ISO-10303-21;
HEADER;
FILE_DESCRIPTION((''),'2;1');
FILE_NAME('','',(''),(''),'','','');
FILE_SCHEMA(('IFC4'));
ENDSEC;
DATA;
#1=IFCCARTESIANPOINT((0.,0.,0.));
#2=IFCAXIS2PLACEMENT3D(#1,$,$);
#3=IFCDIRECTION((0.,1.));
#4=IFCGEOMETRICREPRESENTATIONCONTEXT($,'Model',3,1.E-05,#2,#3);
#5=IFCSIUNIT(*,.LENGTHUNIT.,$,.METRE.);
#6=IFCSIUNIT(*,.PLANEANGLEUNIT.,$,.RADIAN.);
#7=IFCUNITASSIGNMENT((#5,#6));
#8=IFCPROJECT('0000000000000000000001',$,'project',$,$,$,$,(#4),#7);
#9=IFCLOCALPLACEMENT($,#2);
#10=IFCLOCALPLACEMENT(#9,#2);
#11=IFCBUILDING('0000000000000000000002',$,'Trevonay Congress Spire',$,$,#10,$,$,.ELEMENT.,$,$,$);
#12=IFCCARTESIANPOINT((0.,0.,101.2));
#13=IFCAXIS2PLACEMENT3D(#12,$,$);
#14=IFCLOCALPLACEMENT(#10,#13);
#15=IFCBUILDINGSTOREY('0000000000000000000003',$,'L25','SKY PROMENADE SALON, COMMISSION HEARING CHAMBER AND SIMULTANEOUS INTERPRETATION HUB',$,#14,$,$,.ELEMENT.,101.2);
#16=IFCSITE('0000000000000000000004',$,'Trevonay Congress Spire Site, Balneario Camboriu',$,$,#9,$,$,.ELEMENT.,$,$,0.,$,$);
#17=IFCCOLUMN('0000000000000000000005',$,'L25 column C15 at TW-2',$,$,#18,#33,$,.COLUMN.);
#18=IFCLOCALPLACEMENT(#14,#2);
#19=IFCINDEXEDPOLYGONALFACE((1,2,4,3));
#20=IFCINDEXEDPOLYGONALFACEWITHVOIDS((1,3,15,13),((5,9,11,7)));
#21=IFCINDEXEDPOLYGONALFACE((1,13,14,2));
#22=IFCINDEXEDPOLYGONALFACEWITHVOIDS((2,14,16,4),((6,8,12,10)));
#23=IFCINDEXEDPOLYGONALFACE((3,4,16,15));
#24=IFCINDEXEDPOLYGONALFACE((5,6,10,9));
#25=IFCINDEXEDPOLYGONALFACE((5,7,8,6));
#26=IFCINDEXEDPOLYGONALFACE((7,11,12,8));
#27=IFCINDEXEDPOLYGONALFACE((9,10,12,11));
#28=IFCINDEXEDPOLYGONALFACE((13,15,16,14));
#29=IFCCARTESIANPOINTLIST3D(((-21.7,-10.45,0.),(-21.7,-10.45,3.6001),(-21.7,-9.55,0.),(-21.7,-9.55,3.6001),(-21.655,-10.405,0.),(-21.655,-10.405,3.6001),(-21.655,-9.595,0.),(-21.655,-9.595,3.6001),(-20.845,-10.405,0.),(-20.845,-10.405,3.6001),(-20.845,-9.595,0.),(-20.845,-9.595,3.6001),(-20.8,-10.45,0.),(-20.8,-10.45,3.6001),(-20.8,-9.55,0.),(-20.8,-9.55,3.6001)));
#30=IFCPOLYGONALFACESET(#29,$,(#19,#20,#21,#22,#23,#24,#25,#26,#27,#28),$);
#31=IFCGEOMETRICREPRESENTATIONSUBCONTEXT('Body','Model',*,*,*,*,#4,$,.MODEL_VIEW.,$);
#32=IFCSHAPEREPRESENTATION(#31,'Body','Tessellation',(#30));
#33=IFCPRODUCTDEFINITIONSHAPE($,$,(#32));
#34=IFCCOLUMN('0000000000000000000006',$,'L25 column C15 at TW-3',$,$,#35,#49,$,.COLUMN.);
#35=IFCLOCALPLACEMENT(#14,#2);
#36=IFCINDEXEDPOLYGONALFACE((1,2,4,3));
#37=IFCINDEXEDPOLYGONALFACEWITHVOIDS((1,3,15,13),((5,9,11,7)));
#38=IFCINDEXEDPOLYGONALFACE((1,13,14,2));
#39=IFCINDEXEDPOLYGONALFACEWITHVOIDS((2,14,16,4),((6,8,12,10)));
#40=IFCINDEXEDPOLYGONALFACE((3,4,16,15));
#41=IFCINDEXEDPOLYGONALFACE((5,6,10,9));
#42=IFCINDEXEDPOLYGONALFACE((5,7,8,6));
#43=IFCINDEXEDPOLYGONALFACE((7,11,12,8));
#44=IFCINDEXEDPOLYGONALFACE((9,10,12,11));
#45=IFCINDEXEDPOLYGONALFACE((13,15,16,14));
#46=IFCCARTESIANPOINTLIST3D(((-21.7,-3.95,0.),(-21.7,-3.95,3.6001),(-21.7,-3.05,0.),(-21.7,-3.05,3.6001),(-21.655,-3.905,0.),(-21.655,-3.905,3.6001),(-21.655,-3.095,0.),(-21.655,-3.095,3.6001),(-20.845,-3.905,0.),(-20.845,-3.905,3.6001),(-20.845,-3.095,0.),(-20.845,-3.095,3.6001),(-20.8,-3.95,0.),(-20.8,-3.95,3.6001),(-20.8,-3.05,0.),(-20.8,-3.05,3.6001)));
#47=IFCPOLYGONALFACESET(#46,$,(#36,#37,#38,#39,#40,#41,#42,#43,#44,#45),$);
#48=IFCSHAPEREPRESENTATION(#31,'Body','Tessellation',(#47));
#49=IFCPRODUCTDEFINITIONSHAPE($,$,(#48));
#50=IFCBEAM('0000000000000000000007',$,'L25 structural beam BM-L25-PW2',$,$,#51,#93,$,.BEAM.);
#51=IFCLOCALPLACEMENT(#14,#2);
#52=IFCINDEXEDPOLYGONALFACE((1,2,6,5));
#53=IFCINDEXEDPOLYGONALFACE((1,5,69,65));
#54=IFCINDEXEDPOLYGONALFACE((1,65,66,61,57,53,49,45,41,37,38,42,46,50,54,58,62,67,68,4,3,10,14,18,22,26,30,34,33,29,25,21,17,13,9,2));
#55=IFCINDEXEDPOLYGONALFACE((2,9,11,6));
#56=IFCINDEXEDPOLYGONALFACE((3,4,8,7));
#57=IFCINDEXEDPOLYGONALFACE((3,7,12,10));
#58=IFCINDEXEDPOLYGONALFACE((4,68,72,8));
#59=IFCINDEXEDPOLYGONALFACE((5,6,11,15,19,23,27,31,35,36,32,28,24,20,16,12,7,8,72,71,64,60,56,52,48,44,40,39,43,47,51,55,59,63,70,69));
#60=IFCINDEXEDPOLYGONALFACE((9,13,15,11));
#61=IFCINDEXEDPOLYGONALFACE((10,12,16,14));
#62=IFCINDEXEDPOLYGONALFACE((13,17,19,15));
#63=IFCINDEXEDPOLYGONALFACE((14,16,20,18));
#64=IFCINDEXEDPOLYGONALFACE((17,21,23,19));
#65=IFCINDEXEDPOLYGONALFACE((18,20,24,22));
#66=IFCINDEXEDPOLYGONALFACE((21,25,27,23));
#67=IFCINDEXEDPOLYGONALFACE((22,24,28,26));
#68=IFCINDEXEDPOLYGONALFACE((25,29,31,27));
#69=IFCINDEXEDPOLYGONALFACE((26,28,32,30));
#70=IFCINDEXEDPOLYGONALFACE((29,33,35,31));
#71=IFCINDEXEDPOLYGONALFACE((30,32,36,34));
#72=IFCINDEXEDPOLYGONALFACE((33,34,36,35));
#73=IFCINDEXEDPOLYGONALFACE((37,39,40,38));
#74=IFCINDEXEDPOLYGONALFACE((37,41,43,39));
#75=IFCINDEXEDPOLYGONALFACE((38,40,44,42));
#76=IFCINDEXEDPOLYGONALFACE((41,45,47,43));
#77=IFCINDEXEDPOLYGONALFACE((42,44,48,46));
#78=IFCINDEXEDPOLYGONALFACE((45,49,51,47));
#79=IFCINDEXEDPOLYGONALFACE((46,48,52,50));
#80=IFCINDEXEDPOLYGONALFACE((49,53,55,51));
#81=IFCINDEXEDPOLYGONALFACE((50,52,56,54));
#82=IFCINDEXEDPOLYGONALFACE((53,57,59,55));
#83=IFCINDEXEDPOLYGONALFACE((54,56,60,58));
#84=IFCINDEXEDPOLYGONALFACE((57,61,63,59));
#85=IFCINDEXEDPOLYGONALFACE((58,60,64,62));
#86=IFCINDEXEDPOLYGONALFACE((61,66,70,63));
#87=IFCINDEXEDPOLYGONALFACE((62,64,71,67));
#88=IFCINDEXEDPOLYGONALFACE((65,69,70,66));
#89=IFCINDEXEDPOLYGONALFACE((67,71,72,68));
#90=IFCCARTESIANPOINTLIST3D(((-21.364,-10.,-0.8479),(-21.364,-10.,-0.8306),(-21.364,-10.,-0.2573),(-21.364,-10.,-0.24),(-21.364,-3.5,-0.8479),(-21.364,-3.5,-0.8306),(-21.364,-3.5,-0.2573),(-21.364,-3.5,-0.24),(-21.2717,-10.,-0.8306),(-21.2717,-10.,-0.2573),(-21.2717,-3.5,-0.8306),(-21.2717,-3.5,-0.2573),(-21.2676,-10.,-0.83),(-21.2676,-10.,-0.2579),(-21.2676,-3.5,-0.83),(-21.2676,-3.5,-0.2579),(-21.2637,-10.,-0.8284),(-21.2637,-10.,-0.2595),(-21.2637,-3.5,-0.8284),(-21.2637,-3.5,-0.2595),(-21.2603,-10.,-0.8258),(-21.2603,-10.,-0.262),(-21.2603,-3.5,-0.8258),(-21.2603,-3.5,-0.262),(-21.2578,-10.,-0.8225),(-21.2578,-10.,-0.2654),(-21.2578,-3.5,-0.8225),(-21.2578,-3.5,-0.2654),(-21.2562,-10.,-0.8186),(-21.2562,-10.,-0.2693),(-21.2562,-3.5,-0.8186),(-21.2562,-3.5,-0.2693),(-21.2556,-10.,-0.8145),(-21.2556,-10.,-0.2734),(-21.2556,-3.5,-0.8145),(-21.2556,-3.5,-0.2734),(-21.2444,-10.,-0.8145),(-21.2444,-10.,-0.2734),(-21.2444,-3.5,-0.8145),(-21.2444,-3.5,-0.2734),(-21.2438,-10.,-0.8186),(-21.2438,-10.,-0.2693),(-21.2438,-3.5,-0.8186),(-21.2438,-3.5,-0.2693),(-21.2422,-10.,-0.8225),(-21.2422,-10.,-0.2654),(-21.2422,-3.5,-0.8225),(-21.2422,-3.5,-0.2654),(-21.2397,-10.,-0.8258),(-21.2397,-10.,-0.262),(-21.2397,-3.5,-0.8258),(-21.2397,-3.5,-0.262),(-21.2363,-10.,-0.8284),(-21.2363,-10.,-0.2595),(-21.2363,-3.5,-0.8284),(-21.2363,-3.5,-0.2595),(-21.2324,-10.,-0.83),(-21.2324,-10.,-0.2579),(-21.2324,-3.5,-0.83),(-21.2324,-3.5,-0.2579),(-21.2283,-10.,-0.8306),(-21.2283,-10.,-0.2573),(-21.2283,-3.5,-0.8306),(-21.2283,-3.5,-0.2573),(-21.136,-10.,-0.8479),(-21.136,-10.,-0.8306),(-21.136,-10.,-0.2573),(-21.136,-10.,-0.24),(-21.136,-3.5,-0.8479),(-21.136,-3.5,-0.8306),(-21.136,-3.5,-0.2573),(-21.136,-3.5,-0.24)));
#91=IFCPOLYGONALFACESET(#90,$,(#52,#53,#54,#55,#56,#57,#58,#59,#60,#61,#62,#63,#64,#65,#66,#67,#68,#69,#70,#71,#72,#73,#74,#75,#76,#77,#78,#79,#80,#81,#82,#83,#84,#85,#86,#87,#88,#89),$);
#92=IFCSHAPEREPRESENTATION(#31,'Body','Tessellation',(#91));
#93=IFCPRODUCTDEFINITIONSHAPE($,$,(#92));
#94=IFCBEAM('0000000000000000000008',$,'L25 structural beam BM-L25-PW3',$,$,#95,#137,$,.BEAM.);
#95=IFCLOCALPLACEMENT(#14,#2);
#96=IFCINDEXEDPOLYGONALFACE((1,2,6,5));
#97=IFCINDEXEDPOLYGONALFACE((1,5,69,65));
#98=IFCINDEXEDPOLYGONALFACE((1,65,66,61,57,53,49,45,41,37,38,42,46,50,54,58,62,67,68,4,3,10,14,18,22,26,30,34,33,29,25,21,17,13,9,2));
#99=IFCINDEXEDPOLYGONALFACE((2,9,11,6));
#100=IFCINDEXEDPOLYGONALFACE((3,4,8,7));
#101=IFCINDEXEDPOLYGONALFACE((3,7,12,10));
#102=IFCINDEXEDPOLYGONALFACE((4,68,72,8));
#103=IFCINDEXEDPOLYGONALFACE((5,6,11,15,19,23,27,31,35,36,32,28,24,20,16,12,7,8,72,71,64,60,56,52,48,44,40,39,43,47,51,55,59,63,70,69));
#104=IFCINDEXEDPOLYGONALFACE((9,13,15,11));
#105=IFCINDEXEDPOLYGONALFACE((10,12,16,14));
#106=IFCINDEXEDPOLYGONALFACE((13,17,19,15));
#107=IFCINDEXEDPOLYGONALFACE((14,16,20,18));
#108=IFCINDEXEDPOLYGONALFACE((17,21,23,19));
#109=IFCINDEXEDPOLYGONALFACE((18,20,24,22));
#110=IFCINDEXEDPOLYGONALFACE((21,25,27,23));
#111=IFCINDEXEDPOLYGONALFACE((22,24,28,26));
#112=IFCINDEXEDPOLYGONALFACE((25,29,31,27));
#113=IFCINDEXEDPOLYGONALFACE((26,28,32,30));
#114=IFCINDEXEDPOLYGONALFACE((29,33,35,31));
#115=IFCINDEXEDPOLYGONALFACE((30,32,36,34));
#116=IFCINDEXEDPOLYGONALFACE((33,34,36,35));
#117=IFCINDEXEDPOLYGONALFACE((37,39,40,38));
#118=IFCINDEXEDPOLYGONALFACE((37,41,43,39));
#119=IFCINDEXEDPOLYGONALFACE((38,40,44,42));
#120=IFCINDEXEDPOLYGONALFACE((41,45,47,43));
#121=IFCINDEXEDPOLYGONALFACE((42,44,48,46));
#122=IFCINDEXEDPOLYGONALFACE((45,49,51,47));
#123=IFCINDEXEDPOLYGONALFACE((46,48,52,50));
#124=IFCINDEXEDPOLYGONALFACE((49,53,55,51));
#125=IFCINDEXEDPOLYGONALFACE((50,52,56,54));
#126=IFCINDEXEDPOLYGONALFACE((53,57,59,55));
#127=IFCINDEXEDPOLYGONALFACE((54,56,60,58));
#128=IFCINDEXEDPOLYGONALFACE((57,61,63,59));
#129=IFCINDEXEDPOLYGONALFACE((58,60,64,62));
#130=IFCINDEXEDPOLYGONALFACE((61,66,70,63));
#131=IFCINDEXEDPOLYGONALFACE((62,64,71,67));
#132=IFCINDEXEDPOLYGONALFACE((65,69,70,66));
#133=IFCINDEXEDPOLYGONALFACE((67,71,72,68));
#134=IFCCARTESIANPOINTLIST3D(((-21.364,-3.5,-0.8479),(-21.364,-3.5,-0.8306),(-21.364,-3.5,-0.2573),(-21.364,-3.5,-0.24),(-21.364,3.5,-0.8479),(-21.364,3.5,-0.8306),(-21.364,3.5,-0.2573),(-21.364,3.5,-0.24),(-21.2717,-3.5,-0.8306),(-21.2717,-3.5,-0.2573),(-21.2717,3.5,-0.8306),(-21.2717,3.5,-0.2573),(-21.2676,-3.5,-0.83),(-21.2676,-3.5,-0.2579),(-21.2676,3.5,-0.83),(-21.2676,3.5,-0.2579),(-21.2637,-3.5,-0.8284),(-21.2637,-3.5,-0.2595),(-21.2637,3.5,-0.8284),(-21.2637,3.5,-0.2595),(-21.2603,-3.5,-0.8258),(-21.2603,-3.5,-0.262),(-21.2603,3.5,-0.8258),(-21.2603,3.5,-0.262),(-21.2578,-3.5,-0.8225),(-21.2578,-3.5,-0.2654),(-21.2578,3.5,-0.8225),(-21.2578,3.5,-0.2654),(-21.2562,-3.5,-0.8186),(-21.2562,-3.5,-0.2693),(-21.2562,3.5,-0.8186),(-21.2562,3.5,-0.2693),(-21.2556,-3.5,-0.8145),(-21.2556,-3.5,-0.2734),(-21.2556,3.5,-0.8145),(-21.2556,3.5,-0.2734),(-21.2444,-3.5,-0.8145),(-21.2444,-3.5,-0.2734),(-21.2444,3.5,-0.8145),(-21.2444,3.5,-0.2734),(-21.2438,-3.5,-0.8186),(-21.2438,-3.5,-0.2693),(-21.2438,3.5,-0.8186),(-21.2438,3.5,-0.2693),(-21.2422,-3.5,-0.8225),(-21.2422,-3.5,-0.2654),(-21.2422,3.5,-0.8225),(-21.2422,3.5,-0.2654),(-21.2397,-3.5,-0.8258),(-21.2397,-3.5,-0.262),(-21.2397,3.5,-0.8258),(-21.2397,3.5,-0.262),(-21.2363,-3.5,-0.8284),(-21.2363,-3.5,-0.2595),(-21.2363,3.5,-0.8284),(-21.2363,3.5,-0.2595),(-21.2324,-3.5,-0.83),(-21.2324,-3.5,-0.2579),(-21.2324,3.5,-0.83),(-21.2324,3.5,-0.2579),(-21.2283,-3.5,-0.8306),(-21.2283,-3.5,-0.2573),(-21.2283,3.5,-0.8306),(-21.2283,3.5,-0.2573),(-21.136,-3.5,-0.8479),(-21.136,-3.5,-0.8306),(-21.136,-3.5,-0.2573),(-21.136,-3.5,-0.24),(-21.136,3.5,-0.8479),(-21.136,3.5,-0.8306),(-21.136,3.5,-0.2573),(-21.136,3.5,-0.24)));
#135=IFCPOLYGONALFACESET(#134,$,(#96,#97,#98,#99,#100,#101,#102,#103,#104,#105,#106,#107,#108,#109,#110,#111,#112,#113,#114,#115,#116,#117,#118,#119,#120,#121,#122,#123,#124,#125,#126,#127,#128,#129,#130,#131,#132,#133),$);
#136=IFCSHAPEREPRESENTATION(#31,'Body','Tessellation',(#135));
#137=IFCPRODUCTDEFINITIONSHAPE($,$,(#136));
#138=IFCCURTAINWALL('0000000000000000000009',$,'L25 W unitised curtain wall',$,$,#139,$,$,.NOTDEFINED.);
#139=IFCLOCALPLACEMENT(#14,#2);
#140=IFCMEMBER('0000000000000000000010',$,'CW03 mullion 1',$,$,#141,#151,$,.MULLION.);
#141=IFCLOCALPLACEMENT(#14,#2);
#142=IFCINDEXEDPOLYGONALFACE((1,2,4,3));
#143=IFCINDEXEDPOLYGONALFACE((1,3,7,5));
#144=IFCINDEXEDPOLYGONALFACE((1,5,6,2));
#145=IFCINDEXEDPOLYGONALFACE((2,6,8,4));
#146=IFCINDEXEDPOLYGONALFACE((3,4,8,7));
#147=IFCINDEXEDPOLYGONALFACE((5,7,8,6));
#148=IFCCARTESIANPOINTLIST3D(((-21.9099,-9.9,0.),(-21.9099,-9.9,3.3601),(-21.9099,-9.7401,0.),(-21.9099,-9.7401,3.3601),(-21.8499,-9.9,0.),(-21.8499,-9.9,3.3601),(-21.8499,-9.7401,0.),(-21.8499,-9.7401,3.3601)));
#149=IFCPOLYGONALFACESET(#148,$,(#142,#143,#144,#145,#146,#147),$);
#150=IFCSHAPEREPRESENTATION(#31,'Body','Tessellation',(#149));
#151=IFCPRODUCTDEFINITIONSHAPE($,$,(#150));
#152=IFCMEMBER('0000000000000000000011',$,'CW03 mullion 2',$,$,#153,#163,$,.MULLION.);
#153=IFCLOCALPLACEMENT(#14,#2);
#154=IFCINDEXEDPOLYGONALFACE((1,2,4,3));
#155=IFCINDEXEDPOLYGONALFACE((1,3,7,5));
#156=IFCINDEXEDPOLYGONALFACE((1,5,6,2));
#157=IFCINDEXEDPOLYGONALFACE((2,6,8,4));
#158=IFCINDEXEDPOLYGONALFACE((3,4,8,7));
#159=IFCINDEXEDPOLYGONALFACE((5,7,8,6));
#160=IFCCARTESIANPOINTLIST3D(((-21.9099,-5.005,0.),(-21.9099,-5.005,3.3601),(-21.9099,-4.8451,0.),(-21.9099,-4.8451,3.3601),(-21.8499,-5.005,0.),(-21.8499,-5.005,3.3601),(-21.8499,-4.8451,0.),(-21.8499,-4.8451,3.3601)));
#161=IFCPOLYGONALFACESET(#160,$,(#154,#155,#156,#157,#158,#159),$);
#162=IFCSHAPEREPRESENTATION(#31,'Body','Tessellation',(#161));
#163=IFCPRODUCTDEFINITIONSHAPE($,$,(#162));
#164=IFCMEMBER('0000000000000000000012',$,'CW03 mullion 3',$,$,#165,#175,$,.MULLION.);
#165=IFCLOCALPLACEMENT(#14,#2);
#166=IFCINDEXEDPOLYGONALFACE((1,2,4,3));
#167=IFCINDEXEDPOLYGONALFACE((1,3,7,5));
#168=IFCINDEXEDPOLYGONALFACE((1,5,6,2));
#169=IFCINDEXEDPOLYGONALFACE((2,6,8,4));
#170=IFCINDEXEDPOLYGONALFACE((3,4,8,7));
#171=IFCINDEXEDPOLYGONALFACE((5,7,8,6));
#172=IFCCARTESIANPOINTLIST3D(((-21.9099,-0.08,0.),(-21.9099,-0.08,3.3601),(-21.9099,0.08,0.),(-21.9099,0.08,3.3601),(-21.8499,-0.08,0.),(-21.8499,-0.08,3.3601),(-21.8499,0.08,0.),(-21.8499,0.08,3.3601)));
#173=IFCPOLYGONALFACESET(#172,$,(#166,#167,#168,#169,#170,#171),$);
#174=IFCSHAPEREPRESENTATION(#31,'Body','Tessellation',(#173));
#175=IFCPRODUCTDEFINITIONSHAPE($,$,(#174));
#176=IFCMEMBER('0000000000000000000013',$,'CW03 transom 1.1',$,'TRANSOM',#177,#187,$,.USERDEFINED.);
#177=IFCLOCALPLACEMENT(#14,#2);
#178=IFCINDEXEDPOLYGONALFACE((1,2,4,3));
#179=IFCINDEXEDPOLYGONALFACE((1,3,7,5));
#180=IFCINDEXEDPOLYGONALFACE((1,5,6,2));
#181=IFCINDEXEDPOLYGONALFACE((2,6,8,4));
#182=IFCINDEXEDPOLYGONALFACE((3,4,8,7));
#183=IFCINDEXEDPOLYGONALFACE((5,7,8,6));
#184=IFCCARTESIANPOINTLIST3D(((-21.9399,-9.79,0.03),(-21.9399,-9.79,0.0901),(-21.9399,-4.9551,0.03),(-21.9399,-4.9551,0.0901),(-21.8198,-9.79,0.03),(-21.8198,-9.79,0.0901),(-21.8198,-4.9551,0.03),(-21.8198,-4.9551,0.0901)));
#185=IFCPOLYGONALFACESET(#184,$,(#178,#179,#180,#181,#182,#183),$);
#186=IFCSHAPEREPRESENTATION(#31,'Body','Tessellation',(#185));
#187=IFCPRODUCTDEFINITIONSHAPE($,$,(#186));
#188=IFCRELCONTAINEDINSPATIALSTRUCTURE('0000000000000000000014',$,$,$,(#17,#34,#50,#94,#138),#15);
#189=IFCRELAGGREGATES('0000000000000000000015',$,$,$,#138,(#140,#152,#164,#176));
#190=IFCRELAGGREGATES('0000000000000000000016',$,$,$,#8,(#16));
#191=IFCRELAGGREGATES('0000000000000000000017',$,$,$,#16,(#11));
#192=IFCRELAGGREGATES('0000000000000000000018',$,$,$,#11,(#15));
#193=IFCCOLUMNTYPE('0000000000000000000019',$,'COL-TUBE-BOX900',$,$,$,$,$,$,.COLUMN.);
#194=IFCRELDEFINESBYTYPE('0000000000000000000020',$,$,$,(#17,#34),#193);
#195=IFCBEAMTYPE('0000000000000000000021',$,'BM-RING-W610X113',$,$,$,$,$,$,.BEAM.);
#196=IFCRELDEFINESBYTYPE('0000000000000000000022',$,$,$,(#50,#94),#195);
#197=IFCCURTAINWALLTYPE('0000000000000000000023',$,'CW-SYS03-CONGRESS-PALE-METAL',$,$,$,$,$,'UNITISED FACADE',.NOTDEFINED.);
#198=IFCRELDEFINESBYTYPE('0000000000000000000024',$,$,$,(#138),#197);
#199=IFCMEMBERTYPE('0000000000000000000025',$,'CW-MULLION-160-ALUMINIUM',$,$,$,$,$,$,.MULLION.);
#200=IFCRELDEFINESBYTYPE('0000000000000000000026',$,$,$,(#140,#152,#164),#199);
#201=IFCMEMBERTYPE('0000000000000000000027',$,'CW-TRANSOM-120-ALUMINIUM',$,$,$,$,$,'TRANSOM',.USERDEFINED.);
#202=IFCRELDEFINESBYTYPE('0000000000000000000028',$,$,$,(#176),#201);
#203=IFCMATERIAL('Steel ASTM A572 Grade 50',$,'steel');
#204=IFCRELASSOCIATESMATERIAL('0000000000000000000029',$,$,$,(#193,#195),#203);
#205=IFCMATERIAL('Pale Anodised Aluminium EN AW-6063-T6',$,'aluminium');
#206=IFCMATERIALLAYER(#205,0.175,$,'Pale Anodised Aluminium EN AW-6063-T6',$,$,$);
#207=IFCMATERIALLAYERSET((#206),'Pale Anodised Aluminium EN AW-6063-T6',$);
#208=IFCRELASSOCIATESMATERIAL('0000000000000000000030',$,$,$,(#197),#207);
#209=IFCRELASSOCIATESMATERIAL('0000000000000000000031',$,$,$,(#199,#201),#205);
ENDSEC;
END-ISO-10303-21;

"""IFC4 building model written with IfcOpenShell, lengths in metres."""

from ifc_helpers import new_model, si_unit, direction, frame, origin, origin_2d, place, context, subcontext, project, spatial, rectangle, hollow_rectangle, i_section, extrude, material, layer, layer_set, material_profile, profile_set, type_object, element, aggregate, save


model = new_model("IFC4")

# Units and contexts
model_context = context("Model", 3, precision=1e-05, world=origin(), true_north=direction((0.0, 1.0)))
body_context = subcontext(model_context, "Body", "Model", "MODEL_VIEW")
ifc_project = project(units=[si_unit("LENGTHUNIT", "METRE"), si_unit("PLANEANGLEUNIT", "RADIAN")], contexts=[model_context])

# Site, building, storey
site_placement = place(None, origin())
site = spatial("IfcSite", under=ifc_project, at=site_placement, Name="Trevonay Congress Spire Site, Balneario Camboriu", CompositionType="ELEMENT", RefElevation=0.0)
building_placement = place(site_placement, origin())
building = spatial("IfcBuilding", under=site, at=building_placement, Name="Trevonay Congress Spire", CompositionType="ELEMENT")
storey_placement = place(building_placement, frame((0.0, 0.0, 101.2)))
storey = spatial("IfcBuildingStorey", under=building, at=storey_placement, Name="L25", Description="SKY PROMENADE SALON, COMMISSION HEARING CHAMBER AND SIMULTANEOUS INTERPRETATION HUB", CompositionType="ELEMENT", Elevation=101.2)

# Columns
ifc_material_1 = material(Name="Steel ASTM A572 Grade 50", Category="steel")
ifc_material_profile_1 = material_profile(ifc_material_1, hollow_rectangle(XDim=0.8999, YDim=0.8999, WallThickness=0.0449, at=origin_2d()), Name="BOX 900x900x45")
ifc_profile_set_1 = profile_set([ifc_material_profile_1], Name="Steel ASTM A572 Grade 50")
column_type = type_object("IfcColumnType", Name="COL-TUBE-BOX900", PredefinedType="COLUMN", material=ifc_profile_set_1)
for number, where, z_axis, x_axis, name in (
    (1, (-21.25, -10.0, 0.0), (0.0, 0.0, 1.0), (1.0, 0.0, 0.0), "L25 column C15 at TW-2"),
    (2, (-21.25, -3.5, 0.0), (0.0, 0.0, 1.0), (1.0, 0.0, 0.0), "L25 column C15 at TW-3"),
):
    element("IfcColumn", number, at=place(storey_placement, frame(where, z_axis=z_axis, x_axis=x_axis)), inside=storey, type_object=column_type, Name=name, PredefinedType="COLUMN", context=body_context, shape_type="SweptSolid", body=[
        extrude(hollow_rectangle(XDim=0.8999, YDim=0.8999, WallThickness=0.0449, at=origin_2d()), origin(), (0.0, 0.0, 1.0), 3.6001),
    ])

# Beams
ifc_material_profile_2 = material_profile(ifc_material_1, i_section(OverallWidth=0.228, OverallDepth=0.6079, WebThickness=0.0112, FlangeThickness=0.0173, FilletRadius=0.0161, at=origin_2d()), Name="W610x113")
ifc_profile_set_2 = profile_set([ifc_material_profile_2], Name="Steel ASTM A572 Grade 50")
beam_type_1 = type_object("IfcBeamType", Name="BM-RING-W610X113", PredefinedType="BEAM", material=ifc_profile_set_2)
beam_1_placement = place(storey_placement, frame((-21.25, -10.0, -0.5439), z_axis=(0.0, 1.0, 0.0), x_axis=(-1.0, 0.0, 0.0)))
element("IfcBeam", 3, at=beam_1_placement, inside=storey, type_object=beam_type_1, Name="L25 structural beam BM-L25-PW2", PredefinedType="BEAM", context=body_context, shape_type="SweptSolid", body=[
    extrude(i_section(OverallWidth=0.228, OverallDepth=0.6079, WebThickness=0.0112, FlangeThickness=0.0173, FilletRadius=0.0161, at=origin_2d()), origin(), (0.0, 0.0, 1.0), 6.5),
])
beam_2_placement = place(storey_placement, frame((-21.25, -3.5, -0.5439), z_axis=(0.0, 1.0, 0.0), x_axis=(-1.0, 0.0, 0.0)))
element("IfcBeam", 4, at=beam_2_placement, inside=storey, type_object=beam_type_1, Name="L25 structural beam BM-L25-PW3", PredefinedType="BEAM", context=body_context, shape_type="SweptSolid", body=[
    extrude(i_section(OverallWidth=0.228, OverallDepth=0.6079, WebThickness=0.0112, FlangeThickness=0.0173, FilletRadius=0.0161, at=origin_2d()), origin(), (0.0, 0.0, 1.0), 7.0),
])

# Curtain wall, members
ifc_material_2 = material(Name="Pale Anodised Aluminium EN AW-6063-T6", Category="aluminium")
ifc_layer_1 = layer(ifc_material_2, 0.175, Name="Pale Anodised Aluminium EN AW-6063-T6")
ifc_layer_set_1 = layer_set([ifc_layer_1], Name="Pale Anodised Aluminium EN AW-6063-T6")
curtain_wall_type = type_object("IfcCurtainWallType", Name="CW-SYS03-CONGRESS-PALE-METAL", ElementType="UNITISED FACADE", PredefinedType="NOTDEFINED", material=ifc_layer_set_1)
curtain_wall_placement = place(storey_placement, origin())
curtain_wall = element("IfcCurtainWall", 5, at=curtain_wall_placement, inside=storey, type_object=curtain_wall_type, Name="L25 W unitised curtain wall", PredefinedType="NOTDEFINED")
ifc_material_profile_3 = material_profile(ifc_material_2, rectangle(XDim=0.0601, YDim=0.1599, at=origin_2d()), Name="CW-MULLION-160-ALUMINIUM")
ifc_profile_set_3 = profile_set([ifc_material_profile_3], Name="Pale Anodised Aluminium EN AW-6063-T6")
member_type_1 = type_object("IfcMemberType", Name="CW-MULLION-160-ALUMINIUM", PredefinedType="MULLION", material=ifc_profile_set_3)
member_1_placement = place(storey_placement, frame((-21.8799, -9.8201, 0.0), z_axis=(0.0, 0.0, 1.0), x_axis=(-1.0, 0.0, 0.0)))
member_1 = element("IfcMember", 6, at=member_1_placement, type_object=member_type_1, Name="CW03 mullion 1", PredefinedType="MULLION", context=body_context, shape_type="SweptSolid", body=[
    extrude(rectangle(XDim=0.0601, YDim=0.1599, at=origin_2d()), origin(), (0.0, 0.0, 1.0), 3.3601),
])
member_2_placement = place(storey_placement, frame((-21.8799, -4.925, 0.0), z_axis=(0.0, 0.0, 1.0), x_axis=(-1.0, 0.0, 0.0)))
member_2 = element("IfcMember", 7, at=member_2_placement, type_object=member_type_1, Name="CW03 mullion 2", PredefinedType="MULLION", context=body_context, shape_type="SweptSolid", body=[
    extrude(rectangle(XDim=0.0601, YDim=0.1599, at=origin_2d()), origin(), (0.0, 0.0, 1.0), 3.3601),
])
member_3_placement = place(storey_placement, frame((-21.8799, 0.0, 0.0), z_axis=(0.0, 0.0, 1.0), x_axis=(-1.0, 0.0, 0.0)))
member_3 = element("IfcMember", 8, at=member_3_placement, type_object=member_type_1, Name="CW03 mullion 3", PredefinedType="MULLION", context=body_context, shape_type="SweptSolid", body=[
    extrude(rectangle(XDim=0.0601, YDim=0.1599, at=origin_2d()), origin(), (0.0, 0.0, 1.0), 3.3601),
])
ifc_material_profile_4 = material_profile(ifc_material_2, rectangle(XDim=0.1201, YDim=0.0601, at=origin_2d()), Name="CW-TRANSOM-120-ALUMINIUM")
ifc_profile_set_4 = profile_set([ifc_material_profile_4], Name="Pale Anodised Aluminium EN AW-6063-T6")
member_type_2 = type_object("IfcMemberType", Name="CW-TRANSOM-120-ALUMINIUM", ElementType="TRANSOM", PredefinedType="USERDEFINED", material=ifc_profile_set_4)
member_4_placement = place(storey_placement, frame((-21.8799, -9.79, 0.0601), z_axis=(0.0, 1.0, 0.0), x_axis=(-1.0, 0.0, 0.0)))
member_4 = element("IfcMember", 9, at=member_4_placement, type_object=member_type_2, Name="CW03 transom 1.1", ObjectType="TRANSOM", PredefinedType="USERDEFINED", context=body_context, shape_type="SweptSolid", body=[
    extrude(rectangle(XDim=0.1201, YDim=0.0601, at=origin_2d()), origin(), (0.0, 0.0, 1.0), 4.835),
])

aggregate(curtain_wall, [member_1, member_2, member_3, member_4])

save(model, "model.ifc")
